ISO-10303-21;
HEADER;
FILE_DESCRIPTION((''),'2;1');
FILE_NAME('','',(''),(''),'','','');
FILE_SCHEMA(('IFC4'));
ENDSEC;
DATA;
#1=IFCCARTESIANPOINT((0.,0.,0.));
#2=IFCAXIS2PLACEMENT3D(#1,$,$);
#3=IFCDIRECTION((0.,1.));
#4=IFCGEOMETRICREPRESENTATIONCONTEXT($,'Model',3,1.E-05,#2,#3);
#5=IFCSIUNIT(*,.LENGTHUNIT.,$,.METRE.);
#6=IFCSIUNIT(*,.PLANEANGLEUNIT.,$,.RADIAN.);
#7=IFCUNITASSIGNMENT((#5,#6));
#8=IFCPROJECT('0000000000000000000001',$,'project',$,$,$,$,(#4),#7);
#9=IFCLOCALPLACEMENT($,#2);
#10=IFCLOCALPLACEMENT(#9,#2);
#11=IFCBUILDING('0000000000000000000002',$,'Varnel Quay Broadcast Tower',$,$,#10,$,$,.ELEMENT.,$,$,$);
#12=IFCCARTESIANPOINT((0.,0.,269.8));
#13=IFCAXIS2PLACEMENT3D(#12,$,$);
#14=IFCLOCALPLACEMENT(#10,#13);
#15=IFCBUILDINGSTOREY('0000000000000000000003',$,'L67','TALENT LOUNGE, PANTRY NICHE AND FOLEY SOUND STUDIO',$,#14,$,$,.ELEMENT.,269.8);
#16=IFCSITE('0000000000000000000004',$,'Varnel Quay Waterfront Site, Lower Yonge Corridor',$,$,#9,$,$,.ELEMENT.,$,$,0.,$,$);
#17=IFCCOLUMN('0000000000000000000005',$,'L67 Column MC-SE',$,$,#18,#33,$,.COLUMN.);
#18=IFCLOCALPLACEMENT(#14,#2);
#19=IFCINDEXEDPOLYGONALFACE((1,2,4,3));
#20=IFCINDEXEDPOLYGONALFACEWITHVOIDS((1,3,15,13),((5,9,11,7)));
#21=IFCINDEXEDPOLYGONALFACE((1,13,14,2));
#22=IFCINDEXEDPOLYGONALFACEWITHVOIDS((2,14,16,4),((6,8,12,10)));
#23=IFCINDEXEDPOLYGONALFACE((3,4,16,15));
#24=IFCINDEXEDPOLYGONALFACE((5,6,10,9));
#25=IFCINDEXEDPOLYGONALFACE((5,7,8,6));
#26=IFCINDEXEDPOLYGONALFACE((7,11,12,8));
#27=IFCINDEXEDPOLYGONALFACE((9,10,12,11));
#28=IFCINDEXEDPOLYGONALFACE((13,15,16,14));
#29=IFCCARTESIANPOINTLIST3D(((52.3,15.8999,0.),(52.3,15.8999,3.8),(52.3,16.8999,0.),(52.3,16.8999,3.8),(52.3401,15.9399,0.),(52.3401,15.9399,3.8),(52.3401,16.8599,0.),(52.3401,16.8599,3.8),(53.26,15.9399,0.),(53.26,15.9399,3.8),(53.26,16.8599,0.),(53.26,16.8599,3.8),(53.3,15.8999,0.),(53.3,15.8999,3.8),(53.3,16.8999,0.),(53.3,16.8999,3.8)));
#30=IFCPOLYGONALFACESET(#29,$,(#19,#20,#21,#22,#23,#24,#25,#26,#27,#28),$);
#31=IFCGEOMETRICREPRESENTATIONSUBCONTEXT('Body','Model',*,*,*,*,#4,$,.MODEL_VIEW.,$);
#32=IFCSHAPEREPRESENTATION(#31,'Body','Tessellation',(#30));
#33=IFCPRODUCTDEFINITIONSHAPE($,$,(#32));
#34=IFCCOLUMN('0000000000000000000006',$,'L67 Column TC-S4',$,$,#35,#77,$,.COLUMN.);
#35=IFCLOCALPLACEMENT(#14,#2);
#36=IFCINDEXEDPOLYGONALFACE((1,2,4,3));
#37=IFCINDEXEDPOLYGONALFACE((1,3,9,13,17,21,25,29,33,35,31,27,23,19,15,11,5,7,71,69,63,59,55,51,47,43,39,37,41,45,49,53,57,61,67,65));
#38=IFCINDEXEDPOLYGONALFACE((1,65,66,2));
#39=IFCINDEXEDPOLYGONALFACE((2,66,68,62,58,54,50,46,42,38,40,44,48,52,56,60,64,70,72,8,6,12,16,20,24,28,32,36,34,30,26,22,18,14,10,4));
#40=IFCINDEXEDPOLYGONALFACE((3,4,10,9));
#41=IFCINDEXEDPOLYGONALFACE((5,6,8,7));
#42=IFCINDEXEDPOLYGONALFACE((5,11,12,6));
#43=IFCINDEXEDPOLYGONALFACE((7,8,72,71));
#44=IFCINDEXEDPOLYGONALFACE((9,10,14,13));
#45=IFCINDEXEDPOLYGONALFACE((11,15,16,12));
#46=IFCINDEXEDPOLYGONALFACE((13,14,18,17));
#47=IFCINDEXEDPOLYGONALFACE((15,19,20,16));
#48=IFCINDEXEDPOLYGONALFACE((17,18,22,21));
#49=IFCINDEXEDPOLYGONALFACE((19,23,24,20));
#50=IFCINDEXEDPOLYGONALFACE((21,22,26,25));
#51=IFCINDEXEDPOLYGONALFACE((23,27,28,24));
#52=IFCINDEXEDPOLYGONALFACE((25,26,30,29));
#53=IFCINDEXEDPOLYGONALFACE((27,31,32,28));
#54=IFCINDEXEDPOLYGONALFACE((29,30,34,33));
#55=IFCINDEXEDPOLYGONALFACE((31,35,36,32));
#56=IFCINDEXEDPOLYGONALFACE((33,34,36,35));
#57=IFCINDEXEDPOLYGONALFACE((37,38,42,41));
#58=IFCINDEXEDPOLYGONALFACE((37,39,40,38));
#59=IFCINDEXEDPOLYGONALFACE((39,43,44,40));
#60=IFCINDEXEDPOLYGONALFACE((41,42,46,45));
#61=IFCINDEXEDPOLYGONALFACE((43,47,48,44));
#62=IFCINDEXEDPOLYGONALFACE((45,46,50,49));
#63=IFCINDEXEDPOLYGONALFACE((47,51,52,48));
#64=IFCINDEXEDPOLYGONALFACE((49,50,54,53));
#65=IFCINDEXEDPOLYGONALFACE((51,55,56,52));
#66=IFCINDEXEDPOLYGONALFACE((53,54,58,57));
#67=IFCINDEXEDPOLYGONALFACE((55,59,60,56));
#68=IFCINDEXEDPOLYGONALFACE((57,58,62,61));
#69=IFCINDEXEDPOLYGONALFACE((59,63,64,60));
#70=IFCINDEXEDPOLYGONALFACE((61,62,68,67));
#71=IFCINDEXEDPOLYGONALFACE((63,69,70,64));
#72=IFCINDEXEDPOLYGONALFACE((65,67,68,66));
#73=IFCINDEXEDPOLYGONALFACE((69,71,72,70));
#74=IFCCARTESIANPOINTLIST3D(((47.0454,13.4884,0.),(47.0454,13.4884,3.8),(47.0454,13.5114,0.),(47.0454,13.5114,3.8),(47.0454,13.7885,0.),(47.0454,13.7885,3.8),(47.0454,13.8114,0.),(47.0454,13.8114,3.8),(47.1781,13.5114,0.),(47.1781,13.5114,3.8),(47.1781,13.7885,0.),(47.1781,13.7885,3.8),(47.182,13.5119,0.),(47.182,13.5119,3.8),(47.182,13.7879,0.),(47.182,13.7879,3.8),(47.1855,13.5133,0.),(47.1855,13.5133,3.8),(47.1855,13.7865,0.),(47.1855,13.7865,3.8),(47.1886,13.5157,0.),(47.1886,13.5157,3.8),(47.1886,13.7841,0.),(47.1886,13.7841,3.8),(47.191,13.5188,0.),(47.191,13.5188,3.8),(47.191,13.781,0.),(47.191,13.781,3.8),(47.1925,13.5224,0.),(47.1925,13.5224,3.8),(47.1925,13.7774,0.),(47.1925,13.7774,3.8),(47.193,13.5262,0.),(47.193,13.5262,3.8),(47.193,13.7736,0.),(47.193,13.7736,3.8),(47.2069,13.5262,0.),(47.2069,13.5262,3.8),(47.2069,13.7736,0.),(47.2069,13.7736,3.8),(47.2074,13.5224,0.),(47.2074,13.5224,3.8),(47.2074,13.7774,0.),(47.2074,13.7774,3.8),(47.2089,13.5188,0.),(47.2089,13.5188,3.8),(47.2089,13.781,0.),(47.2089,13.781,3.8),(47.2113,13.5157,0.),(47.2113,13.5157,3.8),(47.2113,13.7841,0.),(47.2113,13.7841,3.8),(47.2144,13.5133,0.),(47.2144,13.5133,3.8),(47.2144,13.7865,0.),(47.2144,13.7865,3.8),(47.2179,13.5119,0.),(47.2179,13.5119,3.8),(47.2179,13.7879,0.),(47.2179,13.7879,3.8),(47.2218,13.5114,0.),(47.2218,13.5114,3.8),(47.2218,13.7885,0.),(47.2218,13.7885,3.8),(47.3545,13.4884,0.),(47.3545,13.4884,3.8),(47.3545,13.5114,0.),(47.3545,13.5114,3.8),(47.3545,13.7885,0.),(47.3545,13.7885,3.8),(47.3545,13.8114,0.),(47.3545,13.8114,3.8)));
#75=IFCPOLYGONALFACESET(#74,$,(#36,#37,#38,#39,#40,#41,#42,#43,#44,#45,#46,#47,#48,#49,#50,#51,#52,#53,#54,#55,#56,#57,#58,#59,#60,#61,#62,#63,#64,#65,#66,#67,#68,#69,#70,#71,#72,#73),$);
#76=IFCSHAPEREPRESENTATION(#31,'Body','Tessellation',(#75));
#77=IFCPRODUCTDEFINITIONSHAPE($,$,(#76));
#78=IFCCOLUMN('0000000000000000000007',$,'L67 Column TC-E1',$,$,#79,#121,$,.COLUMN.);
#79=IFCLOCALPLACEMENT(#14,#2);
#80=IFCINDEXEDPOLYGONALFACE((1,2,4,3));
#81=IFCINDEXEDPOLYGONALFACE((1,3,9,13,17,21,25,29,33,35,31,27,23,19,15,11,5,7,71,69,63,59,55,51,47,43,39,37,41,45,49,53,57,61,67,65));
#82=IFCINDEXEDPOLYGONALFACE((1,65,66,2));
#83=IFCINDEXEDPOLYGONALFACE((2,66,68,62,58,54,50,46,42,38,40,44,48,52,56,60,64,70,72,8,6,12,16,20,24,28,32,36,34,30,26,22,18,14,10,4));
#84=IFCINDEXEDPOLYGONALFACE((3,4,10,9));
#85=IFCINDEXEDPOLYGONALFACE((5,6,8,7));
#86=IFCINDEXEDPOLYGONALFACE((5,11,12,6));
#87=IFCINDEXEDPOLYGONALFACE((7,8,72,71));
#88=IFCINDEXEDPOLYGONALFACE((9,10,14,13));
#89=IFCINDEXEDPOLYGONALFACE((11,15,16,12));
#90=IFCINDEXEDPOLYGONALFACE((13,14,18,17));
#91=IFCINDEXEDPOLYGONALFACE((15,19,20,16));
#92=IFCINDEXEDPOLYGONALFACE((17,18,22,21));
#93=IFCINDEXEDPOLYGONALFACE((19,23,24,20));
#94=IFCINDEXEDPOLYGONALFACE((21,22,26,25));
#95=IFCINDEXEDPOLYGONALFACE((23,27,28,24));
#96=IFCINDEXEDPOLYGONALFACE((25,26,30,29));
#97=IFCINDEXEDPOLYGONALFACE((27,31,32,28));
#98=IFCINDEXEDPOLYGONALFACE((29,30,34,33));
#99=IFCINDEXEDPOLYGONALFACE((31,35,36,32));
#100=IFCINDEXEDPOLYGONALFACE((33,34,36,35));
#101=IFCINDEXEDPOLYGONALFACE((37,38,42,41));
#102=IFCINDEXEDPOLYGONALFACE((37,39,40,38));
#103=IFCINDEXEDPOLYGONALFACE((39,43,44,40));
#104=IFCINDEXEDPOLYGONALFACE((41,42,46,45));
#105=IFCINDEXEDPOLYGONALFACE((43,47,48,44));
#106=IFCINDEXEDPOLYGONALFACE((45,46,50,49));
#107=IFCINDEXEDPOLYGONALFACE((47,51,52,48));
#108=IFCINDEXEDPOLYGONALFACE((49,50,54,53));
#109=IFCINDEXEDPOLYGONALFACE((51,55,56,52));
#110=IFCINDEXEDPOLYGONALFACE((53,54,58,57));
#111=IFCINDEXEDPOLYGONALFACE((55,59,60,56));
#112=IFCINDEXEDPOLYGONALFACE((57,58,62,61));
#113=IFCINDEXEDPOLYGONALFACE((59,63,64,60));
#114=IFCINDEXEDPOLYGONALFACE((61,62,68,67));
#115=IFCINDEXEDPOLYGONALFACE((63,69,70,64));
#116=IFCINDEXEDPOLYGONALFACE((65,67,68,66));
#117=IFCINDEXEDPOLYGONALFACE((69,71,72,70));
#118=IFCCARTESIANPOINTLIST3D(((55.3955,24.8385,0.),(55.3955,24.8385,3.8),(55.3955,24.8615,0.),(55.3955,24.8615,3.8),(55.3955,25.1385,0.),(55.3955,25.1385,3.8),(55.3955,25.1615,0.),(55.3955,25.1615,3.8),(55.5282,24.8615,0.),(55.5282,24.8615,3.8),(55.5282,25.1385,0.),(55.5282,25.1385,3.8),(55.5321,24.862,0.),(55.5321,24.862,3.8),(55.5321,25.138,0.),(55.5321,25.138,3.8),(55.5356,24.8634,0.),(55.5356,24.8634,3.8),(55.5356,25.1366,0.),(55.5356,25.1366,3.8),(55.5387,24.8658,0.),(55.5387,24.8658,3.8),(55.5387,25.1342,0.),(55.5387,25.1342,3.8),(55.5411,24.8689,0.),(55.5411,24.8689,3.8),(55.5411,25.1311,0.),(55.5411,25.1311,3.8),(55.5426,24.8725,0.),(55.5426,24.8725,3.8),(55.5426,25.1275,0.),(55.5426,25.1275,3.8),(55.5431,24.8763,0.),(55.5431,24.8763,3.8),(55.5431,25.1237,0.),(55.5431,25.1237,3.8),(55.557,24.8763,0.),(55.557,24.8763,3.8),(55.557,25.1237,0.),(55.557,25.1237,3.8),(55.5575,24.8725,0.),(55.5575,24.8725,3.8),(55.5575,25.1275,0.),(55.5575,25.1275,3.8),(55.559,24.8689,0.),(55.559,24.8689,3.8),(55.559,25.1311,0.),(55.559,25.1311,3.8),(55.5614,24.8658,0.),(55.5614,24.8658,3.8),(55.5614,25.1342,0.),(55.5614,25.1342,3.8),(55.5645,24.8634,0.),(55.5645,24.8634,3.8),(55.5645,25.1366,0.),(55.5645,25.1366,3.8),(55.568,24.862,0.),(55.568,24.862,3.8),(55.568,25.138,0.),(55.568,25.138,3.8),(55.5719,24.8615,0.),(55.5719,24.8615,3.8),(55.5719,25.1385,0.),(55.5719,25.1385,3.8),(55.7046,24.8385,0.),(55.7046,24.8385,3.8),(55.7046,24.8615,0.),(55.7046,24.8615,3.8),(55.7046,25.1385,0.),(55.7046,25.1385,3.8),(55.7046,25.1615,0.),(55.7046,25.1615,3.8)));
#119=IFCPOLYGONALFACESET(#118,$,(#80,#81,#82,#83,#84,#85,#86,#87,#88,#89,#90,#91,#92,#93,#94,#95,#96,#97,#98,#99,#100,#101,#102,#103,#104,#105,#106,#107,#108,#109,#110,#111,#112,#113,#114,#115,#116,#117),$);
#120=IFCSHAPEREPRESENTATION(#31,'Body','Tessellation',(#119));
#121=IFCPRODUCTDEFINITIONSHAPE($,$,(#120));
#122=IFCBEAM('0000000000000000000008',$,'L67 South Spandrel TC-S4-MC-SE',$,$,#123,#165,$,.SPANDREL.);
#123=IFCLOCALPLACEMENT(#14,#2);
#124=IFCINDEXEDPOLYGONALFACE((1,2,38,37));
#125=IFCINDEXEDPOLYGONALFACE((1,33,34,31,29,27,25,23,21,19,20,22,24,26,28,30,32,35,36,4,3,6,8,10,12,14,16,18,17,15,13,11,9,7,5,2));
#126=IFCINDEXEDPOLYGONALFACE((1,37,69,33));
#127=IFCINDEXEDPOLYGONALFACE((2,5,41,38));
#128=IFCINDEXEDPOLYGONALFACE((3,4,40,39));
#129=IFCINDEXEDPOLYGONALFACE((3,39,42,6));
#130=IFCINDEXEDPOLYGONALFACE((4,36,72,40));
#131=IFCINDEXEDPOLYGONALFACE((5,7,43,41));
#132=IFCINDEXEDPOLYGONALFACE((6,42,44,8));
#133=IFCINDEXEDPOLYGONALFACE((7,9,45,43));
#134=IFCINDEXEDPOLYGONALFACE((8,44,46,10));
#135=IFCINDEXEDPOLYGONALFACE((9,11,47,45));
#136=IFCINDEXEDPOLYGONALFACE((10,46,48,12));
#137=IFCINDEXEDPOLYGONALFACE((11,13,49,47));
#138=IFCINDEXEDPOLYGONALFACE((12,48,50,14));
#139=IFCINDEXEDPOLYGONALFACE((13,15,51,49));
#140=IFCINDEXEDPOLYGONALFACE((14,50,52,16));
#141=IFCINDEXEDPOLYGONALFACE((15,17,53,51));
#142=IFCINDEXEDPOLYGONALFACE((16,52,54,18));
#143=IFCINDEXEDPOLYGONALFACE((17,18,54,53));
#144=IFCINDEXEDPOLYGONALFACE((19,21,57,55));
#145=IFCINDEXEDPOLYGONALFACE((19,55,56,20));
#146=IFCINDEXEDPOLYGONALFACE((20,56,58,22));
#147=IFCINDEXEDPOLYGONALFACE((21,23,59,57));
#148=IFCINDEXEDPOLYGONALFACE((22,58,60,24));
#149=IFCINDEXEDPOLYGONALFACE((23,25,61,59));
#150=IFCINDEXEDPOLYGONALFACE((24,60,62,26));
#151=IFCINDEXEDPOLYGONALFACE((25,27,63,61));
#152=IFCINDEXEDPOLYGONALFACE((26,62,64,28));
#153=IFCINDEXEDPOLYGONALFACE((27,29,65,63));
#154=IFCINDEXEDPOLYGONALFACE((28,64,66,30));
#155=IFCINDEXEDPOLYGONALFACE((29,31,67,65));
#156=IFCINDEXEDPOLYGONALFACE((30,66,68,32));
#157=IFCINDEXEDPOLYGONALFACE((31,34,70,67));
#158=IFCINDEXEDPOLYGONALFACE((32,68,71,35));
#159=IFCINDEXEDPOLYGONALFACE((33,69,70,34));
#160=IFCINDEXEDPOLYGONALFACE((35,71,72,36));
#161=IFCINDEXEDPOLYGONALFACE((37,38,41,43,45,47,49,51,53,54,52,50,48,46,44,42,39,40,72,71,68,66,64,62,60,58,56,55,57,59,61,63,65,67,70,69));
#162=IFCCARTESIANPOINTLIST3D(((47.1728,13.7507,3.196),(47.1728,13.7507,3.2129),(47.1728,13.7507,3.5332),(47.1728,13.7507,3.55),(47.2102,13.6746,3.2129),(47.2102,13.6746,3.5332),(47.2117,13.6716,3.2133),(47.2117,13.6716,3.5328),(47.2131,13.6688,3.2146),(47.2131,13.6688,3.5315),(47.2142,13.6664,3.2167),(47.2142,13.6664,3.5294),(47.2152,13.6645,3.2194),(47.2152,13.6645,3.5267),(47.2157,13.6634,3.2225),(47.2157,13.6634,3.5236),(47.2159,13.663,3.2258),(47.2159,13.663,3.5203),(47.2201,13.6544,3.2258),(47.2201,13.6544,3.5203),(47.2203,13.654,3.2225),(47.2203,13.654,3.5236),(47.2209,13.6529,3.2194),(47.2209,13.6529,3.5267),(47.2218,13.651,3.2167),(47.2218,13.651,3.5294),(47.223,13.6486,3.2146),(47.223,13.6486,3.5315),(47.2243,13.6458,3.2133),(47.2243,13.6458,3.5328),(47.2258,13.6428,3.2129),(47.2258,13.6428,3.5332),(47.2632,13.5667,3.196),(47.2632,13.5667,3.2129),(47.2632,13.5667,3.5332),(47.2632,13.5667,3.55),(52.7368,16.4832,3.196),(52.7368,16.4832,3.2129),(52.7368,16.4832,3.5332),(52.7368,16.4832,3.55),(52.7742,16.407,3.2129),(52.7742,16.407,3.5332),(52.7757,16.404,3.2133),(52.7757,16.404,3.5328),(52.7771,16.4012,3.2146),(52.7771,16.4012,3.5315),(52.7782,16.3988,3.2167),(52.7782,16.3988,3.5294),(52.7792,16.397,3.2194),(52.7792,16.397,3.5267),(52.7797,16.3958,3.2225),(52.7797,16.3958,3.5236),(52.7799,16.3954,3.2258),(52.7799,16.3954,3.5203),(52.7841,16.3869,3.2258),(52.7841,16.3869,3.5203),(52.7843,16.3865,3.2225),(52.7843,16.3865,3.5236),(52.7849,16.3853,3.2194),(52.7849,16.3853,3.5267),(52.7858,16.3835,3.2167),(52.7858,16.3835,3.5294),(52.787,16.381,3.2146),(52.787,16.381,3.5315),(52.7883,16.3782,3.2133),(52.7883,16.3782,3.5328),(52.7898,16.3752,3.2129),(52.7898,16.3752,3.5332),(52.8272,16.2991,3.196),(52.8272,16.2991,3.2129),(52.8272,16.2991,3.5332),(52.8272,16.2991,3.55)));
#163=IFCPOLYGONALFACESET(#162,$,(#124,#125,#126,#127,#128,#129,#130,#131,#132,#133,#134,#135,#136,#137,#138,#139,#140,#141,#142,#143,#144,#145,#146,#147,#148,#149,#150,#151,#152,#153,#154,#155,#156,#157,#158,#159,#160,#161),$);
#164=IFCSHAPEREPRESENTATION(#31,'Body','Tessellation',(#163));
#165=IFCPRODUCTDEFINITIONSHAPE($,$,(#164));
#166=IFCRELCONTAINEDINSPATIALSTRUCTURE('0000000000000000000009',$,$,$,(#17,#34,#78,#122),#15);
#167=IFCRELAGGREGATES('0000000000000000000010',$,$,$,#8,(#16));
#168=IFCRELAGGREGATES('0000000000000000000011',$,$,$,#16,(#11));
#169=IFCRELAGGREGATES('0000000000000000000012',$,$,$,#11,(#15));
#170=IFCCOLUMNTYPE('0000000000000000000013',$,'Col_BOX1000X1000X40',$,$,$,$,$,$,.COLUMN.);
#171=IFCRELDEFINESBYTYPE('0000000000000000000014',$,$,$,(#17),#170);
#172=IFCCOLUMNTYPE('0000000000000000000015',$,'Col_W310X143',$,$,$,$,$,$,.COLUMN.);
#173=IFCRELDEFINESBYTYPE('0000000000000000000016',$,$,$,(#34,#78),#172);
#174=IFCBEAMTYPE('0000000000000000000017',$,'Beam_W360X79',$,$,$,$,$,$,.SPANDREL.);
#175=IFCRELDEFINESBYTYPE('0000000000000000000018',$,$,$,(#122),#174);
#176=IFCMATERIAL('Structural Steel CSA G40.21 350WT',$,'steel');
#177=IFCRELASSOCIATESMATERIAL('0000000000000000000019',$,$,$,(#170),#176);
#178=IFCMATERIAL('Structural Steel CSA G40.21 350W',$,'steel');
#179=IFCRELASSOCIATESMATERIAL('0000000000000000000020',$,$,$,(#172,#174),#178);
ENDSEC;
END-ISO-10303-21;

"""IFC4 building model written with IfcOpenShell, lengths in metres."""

from ifc_helpers import new_model, si_unit, direction, frame, origin, origin_2d, place, context, subcontext, project, spatial, hollow_rectangle, i_section, extrude, source, transform, mapped, material, material_profile, profile_set, type_object, type_shapes, element, save


model = new_model("IFC4")

# Units and contexts
model_context = context("Model", 3, precision=1e-05, world=origin(), true_north=direction((0.0, 1.0)))
body_context = subcontext(model_context, "Body", "Model", "MODEL_VIEW")
ifc_project = project(units=[si_unit("LENGTHUNIT", "METRE"), si_unit("PLANEANGLEUNIT", "RADIAN")], contexts=[model_context])

# Site, building, storey
site_placement = place(None, origin())
site = spatial("IfcSite", under=ifc_project, at=site_placement, Name="Varnel Quay Waterfront Site, Lower Yonge Corridor", CompositionType="ELEMENT", RefElevation=0.0)
building_placement = place(site_placement, origin())
building = spatial("IfcBuilding", under=site, at=building_placement, Name="Varnel Quay Broadcast Tower", CompositionType="ELEMENT")
storey_placement = place(building_placement, frame((0.0, 0.0, 269.8)))
storey = spatial("IfcBuildingStorey", under=building, at=storey_placement, Name="L67", Description="TALENT LOUNGE, PANTRY NICHE AND FOLEY SOUND STUDIO", CompositionType="ELEMENT", Elevation=269.8)

# Columns
ifc_material_1 = material(Name="Structural Steel CSA G40.21 350WT", Category="steel")
ifc_material_profile_1 = material_profile(ifc_material_1, hollow_rectangle(XDim=1.0, YDim=1.0, WallThickness=0.04, at=origin_2d()), Name="BOX1000X1000X40")
ifc_profile_set_1 = profile_set([ifc_material_profile_1], Name="Structural Steel CSA G40.21 350WT")
column_type_1 = type_object("IfcColumnType", Name="Col_BOX1000X1000X40", PredefinedType="COLUMN", material=ifc_profile_set_1)
shared_shape_1 = source(origin(), body_context, "Body", "SweptSolid", [
    extrude(hollow_rectangle(XDim=1.0, YDim=1.0, WallThickness=0.04, at=origin_2d()), origin(), (0.0, 0.0, 1.0), 3.8),
])
type_shapes(column_type_1, [shared_shape_1])
column_placement = place(storey_placement, frame((52.8, 16.3999, 0.0), z_axis=(0.0, 0.0, 1.0), x_axis=(1.0, 0.0, 0.0)))
element("IfcColumn", 1, at=column_placement, inside=storey, type_object=column_type_1, Name="L67 Column MC-SE", PredefinedType="COLUMN", context=body_context, shape_type="MappedRepresentation", body=[
    mapped(shared_shape_1, transform((0.0, 0.0, 0.0), x_axis=(1.0, 0.0, 0.0), y_axis=(0.0, 1.0, 0.0), z_axis=(0.0, 0.0, 1.0), scale=1.0)),
])
ifc_material_2 = material(Name="Structural Steel CSA G40.21 350W", Category="steel")
ifc_material_profile_2 = material_profile(ifc_material_2, i_section(OverallWidth=0.3091, OverallDepth=0.323, WebThickness=0.0139, FlangeThickness=0.0229, FilletRadius=0.0149, at=origin_2d()), Name="W310X143")
ifc_profile_set_2 = profile_set([ifc_material_profile_2], Name="Structural Steel CSA G40.21 350W")
column_type_2 = type_object("IfcColumnType", Name="Col_W310X143", PredefinedType="COLUMN", material=ifc_profile_set_2)
shared_shape_2 = source(origin(), body_context, "Body", "SweptSolid", [
    extrude(i_section(OverallWidth=0.3091, OverallDepth=0.323, WebThickness=0.0139, FlangeThickness=0.0229, FilletRadius=0.0149, at=origin_2d()), origin(), (0.0, 0.0, 1.0), 3.8),
])
type_shapes(column_type_2, [shared_shape_2])
for number, where, z_axis, x_axis, name in (
    (2, (47.2, 13.6499, 0.0), (0.0, 0.0, 1.0), (1.0, 0.0, 0.0), "L67 Column TC-S4"),
    (3, (55.55, 25.0, 0.0), (0.0, 0.0, 1.0), (1.0, 0.0, 0.0), "L67 Column TC-E1"),
):
    element("IfcColumn", number, at=place(storey_placement, frame(where, z_axis=z_axis, x_axis=x_axis)), inside=storey, type_object=column_type_2, Name=name, PredefinedType="COLUMN", context=body_context, shape_type="MappedRepresentation", body=[
        mapped(shared_shape_2, transform((0.0, 0.0, 0.0), x_axis=(1.0, 0.0, 0.0), y_axis=(0.0, 1.0, 0.0), z_axis=(0.0, 0.0, 1.0), scale=1.0)),
    ])

# Beam
ifc_material_profile_3 = material_profile(ifc_material_2, i_section(OverallWidth=0.2051, OverallDepth=0.354, WebThickness=0.0095, FlangeThickness=0.0168, FilletRadius=0.0129, at=origin_2d()), Name="W360X79")
ifc_profile_set_3 = profile_set([ifc_material_profile_3], Name="Structural Steel CSA G40.21 350W")
beam_type_1 = type_object("IfcBeamType", Name="Beam_W360X79", PredefinedType="SPANDREL", material=ifc_profile_set_3)
shared_shape_3 = source(origin(), body_context, "Body", "SweptSolid", [
    extrude(i_section(OverallWidth=0.2051, OverallDepth=0.354, WebThickness=0.0095, FlangeThickness=0.0168, FilletRadius=0.0129, at=origin_2d()), origin(), (0.0, 0.0, 1.0), 6.1987),
])
beam_1_placement = place(storey_placement, frame((47.218, 13.6587, 3.373), z_axis=(0.897602, 0.440806, 0.0), x_axis=(-0.440806, 0.897602, 0.0)))
element("IfcBeam", 4, at=beam_1_placement, inside=storey, type_object=beam_type_1, Name="L67 South Spandrel TC-S4-MC-SE", PredefinedType="SPANDREL", context=body_context, shape_type="MappedRepresentation", body=[
    mapped(shared_shape_3, transform((0.0, 0.0, 0.0), x_axis=(1.0, 0.0, 0.0), y_axis=(0.0, 1.0, 0.0), z_axis=(0.0, 0.0, 1.0), scale=1.0)),
])

save(model, "model.ifc")
